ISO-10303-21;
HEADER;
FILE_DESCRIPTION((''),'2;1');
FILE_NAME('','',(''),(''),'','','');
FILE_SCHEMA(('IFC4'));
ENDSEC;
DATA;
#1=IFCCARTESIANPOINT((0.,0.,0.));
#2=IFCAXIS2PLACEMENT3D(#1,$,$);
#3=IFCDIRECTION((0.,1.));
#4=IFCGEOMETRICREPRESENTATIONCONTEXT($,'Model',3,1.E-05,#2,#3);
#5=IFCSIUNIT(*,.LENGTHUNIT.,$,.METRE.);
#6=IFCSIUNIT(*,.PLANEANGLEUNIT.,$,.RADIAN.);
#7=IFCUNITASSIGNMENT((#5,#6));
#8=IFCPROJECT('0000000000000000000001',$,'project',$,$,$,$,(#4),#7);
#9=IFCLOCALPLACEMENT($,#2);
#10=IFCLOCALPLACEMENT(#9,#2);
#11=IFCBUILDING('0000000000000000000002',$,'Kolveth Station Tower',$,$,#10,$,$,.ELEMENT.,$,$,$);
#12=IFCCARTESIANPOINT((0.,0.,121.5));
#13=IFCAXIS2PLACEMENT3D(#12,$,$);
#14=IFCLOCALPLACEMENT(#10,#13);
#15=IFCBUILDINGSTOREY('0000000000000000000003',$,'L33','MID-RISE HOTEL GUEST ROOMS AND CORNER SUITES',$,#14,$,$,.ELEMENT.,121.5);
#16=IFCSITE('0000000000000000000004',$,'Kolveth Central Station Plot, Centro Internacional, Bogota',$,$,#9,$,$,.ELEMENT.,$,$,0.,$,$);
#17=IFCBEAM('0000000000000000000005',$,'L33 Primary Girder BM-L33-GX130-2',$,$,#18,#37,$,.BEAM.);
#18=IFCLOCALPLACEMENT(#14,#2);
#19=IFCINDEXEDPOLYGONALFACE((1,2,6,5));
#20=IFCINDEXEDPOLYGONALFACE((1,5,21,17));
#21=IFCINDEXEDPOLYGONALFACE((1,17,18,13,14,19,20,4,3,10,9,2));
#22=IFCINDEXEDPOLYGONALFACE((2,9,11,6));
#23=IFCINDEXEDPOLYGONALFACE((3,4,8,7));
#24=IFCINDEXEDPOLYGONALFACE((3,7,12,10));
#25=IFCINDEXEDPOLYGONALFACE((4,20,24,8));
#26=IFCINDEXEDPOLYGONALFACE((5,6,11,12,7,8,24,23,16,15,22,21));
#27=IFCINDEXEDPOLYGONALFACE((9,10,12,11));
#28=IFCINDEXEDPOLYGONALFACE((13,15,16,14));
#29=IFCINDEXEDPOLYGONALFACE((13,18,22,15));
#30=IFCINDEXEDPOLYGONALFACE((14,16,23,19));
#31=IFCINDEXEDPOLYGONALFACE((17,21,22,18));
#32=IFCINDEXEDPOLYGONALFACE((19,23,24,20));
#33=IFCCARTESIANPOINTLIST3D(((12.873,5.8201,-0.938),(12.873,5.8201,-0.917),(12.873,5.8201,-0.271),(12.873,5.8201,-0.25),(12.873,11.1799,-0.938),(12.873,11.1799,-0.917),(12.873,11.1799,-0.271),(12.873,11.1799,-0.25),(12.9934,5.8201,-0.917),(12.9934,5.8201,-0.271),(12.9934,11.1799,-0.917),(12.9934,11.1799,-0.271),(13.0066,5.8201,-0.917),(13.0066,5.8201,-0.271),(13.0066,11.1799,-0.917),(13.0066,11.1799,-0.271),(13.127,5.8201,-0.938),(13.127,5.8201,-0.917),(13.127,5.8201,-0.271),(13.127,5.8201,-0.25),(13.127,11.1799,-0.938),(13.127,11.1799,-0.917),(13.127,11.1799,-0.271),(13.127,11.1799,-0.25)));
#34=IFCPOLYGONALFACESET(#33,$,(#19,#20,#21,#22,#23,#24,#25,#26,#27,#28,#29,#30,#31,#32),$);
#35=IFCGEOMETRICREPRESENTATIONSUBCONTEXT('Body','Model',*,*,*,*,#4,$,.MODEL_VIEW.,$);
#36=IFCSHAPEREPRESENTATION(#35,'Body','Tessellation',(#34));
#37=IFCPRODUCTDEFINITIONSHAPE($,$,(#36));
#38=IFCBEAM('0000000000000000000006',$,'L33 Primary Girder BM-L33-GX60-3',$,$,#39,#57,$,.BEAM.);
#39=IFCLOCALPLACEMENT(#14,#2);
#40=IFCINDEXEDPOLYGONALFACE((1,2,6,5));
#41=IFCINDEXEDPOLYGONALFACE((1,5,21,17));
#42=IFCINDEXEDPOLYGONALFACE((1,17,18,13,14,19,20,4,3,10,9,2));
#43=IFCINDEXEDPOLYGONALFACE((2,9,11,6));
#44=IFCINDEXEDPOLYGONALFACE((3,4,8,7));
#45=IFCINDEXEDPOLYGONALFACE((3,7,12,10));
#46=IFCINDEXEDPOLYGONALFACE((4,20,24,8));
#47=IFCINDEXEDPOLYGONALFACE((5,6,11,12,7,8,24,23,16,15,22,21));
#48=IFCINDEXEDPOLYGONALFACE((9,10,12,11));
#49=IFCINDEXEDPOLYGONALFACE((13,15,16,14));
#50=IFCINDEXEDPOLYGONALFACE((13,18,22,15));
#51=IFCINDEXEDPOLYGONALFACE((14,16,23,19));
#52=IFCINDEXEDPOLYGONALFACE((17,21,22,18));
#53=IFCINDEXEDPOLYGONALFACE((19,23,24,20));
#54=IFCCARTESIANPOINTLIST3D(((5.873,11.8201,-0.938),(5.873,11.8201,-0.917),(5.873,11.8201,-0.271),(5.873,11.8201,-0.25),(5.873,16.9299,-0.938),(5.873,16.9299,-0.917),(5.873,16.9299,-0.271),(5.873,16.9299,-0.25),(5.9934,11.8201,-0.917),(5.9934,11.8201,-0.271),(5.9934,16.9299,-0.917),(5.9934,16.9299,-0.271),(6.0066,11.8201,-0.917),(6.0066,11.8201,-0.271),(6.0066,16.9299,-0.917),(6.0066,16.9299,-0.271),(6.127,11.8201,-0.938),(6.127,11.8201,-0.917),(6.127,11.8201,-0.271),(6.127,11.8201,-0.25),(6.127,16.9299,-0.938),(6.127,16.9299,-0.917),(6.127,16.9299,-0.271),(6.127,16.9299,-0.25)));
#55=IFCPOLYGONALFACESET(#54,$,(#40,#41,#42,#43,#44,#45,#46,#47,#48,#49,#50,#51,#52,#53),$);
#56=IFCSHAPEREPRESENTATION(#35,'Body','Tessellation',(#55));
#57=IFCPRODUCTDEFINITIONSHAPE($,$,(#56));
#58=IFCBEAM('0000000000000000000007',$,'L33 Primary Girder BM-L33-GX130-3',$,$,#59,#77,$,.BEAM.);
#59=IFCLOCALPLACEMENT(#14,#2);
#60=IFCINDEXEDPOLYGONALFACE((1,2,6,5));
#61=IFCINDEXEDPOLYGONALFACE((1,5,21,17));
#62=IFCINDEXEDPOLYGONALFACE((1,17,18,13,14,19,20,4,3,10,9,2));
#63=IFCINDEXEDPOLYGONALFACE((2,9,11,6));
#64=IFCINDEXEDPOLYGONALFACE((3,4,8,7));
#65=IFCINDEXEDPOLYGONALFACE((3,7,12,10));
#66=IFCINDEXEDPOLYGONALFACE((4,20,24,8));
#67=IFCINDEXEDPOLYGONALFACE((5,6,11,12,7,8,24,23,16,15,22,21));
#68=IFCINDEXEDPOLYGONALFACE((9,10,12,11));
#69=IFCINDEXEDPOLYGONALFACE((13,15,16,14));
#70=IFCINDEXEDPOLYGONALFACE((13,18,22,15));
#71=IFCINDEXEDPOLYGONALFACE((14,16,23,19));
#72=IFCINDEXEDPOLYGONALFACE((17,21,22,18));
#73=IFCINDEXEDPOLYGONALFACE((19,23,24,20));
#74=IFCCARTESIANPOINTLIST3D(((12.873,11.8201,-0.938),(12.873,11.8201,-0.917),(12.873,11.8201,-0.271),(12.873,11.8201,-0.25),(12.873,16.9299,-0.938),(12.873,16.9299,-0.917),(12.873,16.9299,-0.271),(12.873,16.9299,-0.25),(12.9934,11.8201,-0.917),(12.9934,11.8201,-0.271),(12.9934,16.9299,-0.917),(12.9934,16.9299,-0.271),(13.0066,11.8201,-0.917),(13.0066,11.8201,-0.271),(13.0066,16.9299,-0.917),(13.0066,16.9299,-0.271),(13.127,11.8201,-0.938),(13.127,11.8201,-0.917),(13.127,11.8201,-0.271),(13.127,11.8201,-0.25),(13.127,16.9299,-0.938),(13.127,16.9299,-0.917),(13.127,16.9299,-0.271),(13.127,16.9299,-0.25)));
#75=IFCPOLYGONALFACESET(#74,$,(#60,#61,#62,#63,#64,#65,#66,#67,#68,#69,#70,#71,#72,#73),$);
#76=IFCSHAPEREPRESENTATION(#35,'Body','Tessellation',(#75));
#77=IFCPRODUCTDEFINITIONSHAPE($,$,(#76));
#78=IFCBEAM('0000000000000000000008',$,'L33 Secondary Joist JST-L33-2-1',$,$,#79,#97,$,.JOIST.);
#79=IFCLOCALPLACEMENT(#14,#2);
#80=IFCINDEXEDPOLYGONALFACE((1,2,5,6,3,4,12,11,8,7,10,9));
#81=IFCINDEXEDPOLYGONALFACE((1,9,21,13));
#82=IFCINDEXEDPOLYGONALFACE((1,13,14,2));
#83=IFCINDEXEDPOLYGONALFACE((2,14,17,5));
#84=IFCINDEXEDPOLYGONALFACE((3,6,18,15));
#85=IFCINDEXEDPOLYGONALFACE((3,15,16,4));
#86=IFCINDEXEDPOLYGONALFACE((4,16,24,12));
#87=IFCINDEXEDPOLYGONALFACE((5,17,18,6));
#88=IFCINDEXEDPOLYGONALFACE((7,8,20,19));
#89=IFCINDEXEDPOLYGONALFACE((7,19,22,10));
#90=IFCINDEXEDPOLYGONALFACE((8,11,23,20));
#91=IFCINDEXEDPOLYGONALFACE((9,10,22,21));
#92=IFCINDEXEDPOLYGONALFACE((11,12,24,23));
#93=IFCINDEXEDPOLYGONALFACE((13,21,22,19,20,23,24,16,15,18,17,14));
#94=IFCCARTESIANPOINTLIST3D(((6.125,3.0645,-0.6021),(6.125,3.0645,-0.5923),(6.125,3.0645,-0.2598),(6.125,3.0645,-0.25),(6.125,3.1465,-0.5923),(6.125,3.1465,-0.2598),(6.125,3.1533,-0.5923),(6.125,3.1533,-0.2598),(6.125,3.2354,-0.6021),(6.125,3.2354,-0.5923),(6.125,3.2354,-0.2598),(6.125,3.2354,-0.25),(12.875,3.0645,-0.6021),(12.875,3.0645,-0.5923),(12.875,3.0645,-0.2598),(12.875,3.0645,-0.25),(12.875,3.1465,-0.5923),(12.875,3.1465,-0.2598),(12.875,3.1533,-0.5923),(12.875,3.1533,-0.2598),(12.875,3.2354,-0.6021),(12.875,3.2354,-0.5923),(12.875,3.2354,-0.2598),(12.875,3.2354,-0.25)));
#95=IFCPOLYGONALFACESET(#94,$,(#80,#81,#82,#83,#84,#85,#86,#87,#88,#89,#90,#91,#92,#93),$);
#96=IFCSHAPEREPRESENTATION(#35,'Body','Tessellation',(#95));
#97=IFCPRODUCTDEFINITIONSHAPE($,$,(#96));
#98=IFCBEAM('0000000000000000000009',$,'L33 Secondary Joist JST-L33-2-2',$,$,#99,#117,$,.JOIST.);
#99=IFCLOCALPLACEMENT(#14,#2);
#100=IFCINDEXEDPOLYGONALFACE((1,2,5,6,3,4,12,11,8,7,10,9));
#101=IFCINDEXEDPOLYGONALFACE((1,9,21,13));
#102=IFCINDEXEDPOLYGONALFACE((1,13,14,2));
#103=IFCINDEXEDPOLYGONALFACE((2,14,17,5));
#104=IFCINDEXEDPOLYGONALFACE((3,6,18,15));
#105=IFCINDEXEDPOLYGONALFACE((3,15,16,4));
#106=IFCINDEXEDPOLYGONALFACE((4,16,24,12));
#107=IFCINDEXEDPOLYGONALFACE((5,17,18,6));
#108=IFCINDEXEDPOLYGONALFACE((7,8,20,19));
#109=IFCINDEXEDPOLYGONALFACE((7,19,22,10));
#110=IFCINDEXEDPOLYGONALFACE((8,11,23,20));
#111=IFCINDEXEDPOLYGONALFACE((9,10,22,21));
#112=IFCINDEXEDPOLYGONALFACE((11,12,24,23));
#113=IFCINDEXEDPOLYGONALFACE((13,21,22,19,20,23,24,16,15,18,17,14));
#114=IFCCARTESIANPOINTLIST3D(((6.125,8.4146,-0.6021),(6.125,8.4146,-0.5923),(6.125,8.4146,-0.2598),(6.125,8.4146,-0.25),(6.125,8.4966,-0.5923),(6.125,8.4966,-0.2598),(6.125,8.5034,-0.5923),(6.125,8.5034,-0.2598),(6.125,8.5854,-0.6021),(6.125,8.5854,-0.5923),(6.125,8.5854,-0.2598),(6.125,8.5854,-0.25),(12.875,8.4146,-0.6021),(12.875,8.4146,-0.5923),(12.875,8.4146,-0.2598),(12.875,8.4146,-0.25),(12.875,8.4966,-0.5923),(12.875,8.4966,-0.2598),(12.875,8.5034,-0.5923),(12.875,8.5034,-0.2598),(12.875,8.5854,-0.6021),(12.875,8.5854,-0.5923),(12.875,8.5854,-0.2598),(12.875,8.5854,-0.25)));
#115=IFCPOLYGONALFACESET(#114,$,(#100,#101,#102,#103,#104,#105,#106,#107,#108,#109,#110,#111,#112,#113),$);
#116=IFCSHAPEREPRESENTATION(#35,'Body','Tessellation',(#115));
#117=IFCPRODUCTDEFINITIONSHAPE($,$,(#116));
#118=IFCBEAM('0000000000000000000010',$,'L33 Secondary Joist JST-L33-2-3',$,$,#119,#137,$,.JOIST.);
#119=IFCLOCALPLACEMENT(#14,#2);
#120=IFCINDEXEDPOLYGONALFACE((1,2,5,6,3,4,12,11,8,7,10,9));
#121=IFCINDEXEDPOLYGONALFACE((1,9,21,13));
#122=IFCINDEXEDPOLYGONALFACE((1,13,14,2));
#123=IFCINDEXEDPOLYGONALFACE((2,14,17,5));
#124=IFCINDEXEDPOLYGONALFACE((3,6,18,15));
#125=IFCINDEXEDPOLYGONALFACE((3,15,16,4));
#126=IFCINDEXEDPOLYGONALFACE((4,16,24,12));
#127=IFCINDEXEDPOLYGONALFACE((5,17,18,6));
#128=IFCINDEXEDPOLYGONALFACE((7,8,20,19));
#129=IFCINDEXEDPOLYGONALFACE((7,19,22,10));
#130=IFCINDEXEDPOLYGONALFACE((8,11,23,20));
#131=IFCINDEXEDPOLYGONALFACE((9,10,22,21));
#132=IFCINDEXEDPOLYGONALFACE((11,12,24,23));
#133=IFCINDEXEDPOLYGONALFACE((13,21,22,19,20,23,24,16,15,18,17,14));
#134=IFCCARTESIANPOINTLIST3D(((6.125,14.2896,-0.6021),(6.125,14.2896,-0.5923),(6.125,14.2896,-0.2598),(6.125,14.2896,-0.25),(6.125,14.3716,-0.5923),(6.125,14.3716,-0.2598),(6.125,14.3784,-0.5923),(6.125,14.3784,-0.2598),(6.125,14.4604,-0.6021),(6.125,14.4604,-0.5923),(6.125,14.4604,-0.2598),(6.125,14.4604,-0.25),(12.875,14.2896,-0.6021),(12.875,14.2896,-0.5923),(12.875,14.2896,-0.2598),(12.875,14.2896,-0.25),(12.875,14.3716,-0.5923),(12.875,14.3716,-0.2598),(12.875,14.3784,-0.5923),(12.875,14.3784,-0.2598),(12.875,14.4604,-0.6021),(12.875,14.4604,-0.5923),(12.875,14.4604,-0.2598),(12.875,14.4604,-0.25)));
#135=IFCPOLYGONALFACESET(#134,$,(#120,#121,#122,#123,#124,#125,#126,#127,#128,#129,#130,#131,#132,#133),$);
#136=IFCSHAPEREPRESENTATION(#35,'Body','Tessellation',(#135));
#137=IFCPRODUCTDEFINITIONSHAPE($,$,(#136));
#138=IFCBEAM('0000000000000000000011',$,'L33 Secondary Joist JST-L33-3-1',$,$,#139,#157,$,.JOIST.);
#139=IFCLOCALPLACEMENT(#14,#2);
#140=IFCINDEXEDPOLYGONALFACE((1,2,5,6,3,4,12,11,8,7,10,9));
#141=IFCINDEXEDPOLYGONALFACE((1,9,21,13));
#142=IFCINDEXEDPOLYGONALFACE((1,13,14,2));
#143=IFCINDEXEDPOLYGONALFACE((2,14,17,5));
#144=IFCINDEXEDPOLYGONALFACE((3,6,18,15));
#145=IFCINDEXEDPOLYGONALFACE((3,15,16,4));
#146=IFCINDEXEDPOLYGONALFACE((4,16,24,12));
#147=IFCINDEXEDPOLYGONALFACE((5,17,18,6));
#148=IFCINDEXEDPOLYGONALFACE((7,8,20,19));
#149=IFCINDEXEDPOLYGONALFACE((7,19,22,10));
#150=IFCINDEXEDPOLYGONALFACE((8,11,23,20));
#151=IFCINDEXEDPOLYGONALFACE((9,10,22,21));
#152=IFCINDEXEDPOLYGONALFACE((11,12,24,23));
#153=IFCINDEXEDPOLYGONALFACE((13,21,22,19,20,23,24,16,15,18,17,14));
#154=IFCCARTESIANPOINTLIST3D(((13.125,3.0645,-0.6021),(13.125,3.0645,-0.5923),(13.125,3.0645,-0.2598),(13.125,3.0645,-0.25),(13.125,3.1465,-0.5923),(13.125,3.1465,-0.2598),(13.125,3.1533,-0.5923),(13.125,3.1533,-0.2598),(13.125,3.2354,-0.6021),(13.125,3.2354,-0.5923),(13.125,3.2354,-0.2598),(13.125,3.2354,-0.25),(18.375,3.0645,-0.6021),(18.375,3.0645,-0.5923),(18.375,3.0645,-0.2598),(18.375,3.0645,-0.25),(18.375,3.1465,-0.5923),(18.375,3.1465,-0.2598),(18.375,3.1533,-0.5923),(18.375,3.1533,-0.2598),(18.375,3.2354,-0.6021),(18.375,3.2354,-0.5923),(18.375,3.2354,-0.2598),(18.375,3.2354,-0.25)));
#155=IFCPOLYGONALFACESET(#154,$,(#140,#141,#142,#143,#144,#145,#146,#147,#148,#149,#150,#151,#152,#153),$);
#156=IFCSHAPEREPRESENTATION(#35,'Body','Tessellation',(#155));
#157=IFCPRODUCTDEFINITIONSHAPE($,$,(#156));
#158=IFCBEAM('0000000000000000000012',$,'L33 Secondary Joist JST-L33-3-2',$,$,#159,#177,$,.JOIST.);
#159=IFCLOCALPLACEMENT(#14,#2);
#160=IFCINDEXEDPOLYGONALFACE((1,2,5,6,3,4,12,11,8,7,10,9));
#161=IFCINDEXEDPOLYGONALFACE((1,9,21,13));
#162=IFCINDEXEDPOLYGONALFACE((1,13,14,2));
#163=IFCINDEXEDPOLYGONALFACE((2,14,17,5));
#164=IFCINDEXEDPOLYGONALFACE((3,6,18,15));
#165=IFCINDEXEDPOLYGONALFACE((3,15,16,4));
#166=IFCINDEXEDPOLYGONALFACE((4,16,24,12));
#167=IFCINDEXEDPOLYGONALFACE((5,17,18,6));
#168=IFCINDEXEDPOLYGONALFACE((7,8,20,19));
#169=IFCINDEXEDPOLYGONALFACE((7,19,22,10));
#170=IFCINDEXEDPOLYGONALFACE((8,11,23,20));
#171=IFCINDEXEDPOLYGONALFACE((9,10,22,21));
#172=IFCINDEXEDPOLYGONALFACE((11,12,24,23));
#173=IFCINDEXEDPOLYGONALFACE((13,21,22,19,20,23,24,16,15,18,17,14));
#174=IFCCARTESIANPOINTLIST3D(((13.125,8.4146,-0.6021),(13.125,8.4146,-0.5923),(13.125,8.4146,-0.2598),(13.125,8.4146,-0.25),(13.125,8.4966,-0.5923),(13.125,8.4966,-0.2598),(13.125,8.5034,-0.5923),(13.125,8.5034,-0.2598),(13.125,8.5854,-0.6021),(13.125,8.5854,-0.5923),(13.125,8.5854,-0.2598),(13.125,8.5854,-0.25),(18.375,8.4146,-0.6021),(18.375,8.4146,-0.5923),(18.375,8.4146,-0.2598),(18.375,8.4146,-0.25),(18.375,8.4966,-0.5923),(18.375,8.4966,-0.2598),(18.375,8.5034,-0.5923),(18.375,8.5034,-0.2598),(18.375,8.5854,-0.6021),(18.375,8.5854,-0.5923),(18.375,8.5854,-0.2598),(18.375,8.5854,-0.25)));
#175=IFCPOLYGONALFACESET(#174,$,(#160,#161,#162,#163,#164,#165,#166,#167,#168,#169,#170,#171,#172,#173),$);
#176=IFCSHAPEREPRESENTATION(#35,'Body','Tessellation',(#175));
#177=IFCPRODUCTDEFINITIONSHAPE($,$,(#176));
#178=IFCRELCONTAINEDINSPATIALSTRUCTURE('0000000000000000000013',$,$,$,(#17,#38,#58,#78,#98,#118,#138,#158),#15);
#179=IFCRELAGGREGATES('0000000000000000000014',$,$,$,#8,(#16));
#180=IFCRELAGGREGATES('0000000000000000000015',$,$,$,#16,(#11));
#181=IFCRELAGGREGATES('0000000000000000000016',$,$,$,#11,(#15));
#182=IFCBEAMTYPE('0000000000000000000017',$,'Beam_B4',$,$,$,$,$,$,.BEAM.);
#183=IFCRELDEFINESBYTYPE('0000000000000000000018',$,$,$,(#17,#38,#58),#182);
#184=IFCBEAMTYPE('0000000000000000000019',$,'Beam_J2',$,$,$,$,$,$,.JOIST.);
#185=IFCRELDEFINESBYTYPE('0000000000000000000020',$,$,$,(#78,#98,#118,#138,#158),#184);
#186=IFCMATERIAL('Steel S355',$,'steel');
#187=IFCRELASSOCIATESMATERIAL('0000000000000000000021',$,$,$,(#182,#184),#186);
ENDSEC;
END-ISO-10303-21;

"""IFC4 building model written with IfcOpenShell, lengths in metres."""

from ifc_helpers import new_model, si_unit, direction, frame, origin, origin_2d, place, context, subcontext, project, spatial, i_section, extrude, source, transform, mapped, material, material_profile, profile_set, type_object, element, save


model = new_model("IFC4")

# Units and contexts
model_context = context("Model", 3, precision=1e-05, world=origin(), true_north=direction((0.0, 1.0)))
body_context = subcontext(model_context, "Body", "Model", "MODEL_VIEW")
ifc_project = project(units=[si_unit("LENGTHUNIT", "METRE"), si_unit("PLANEANGLEUNIT", "RADIAN")], contexts=[model_context])

# Site, building, storey
site_placement = place(None, origin())
site = spatial("IfcSite", under=ifc_project, at=site_placement, Name="Kolveth Central Station Plot, Centro Internacional, Bogota", CompositionType="ELEMENT", RefElevation=0.0)
building_placement = place(site_placement, origin())
building = spatial("IfcBuilding", under=site, at=building_placement, Name="Kolveth Station Tower", CompositionType="ELEMENT")
storey_placement = place(building_placement, frame((0.0, 0.0, 121.5)))
storey = spatial("IfcBuildingStorey", under=building, at=storey_placement, Name="L33", Description="MID-RISE HOTEL GUEST ROOMS AND CORNER SUITES", CompositionType="ELEMENT", Elevation=121.5)

# Beams
ifc_material_1 = material(Name="Steel S355", Category="steel")
ifc_material_profile_1 = material_profile(ifc_material_1, i_section(OverallWidth=0.2539, OverallDepth=0.688, WebThickness=0.0132, FlangeThickness=0.021, at=origin_2d()), Name="W690x152")
ifc_profile_set_1 = profile_set([ifc_material_profile_1], Name="Steel S355")
beam_type_1 = type_object("IfcBeamType", Name="Beam_B4", PredefinedType="BEAM", material=ifc_profile_set_1)
shared_shape_1 = source(origin(), body_context, "Body", "SweptSolid", [
    extrude(i_section(OverallWidth=0.2539, OverallDepth=0.688, WebThickness=0.0132, FlangeThickness=0.021, at=origin_2d()), origin(), (0.0, 0.0, 1.0), 5.3599),
])
for number, where, z_axis, x_axis, name in (
    (1, (13.0, 5.8201, -0.594), (0.0, 1.0, 0.0), (-1.0, 0.0, 0.0), "L33 Primary Girder BM-L33-GX130-2"),
):
    element("IfcBeam", number, at=place(storey_placement, frame(where, z_axis=z_axis, x_axis=x_axis)), inside=storey, type_object=beam_type_1, Name=name, PredefinedType="BEAM", context=body_context, shape_type="MappedRepresentation", body=[
        mapped(shared_shape_1, transform((0.0, 0.0, 0.0), x_axis=(1.0, 0.0, 0.0), y_axis=(0.0, 1.0, 0.0), z_axis=(0.0, 0.0, 1.0), scale=1.0)),
    ])
shared_shape_2 = source(origin(), body_context, "Body", "SweptSolid", [
    extrude(i_section(OverallWidth=0.2539, OverallDepth=0.688, WebThickness=0.0132, FlangeThickness=0.021, at=origin_2d()), origin(), (0.0, 0.0, 1.0), 5.1099),
])
for number, where, z_axis, x_axis, name in (
    (2, (6.0, 11.8201, -0.594), (0.0, 1.0, 0.0), (-1.0, 0.0, 0.0), "L33 Primary Girder BM-L33-GX60-3"),
    (3, (13.0, 11.8201, -0.594), (0.0, 1.0, 0.0), (-1.0, 0.0, 0.0), "L33 Primary Girder BM-L33-GX130-3"),
):
    element("IfcBeam", number, at=place(storey_placement, frame(where, z_axis=z_axis, x_axis=x_axis)), inside=storey, type_object=beam_type_1, Name=name, PredefinedType="BEAM", context=body_context, shape_type="MappedRepresentation", body=[
        mapped(shared_shape_2, transform((0.0, 0.0, 0.0), x_axis=(1.0, 0.0, 0.0), y_axis=(0.0, 1.0, 0.0), z_axis=(0.0, 0.0, 1.0), scale=1.0)),
    ])
ifc_material_profile_2 = material_profile(ifc_material_1, i_section(OverallWidth=0.1709, OverallDepth=0.3521, WebThickness=0.0068, FlangeThickness=0.0098, at=origin_2d()), Name="W360x44")
ifc_profile_set_2 = profile_set([ifc_material_profile_2], Name="Steel S355")
beam_type_2 = type_object("IfcBeamType", Name="Beam_J2", PredefinedType="JOIST", material=ifc_profile_set_2)
shared_shape_3 = source(origin(), body_context, "Body", "SweptSolid", [
    extrude(i_section(OverallWidth=0.1709, OverallDepth=0.3521, WebThickness=0.0068, FlangeThickness=0.0098, at=origin_2d()), origin(), (0.0, 0.0, 1.0), 6.75),
])
for number, where, z_axis, x_axis, name in (
    (4, (6.125, 3.1499, -0.426), (1.0, 0.0, 0.0), (0.0, 1.0, 0.0), "L33 Secondary Joist JST-L33-2-1"),
    (5, (6.125, 8.5, -0.426), (1.0, 0.0, 0.0), (0.0, 1.0, 0.0), "L33 Secondary Joist JST-L33-2-2"),
    (6, (6.125, 14.375, -0.426), (1.0, 0.0, 0.0), (0.0, 1.0, 0.0), "L33 Secondary Joist JST-L33-2-3"),
):
    element("IfcBeam", number, at=place(storey_placement, frame(where, z_axis=z_axis, x_axis=x_axis)), inside=storey, type_object=beam_type_2, Name=name, PredefinedType="JOIST", context=body_context, shape_type="MappedRepresentation", body=[
        mapped(shared_shape_3, transform((0.0, 0.0, 0.0), x_axis=(1.0, 0.0, 0.0), y_axis=(0.0, 1.0, 0.0), z_axis=(0.0, 0.0, 1.0), scale=1.0)),
    ])
shared_shape_4 = source(origin(), body_context, "Body", "SweptSolid", [
    extrude(i_section(OverallWidth=0.1709, OverallDepth=0.3521, WebThickness=0.0068, FlangeThickness=0.0098, at=origin_2d()), origin(), (0.0, 0.0, 1.0), 5.25),
])
for number, where, z_axis, x_axis, name in (
    (7, (13.125, 3.1499, -0.426), (1.0, 0.0, 0.0), (0.0, 1.0, 0.0), "L33 Secondary Joist JST-L33-3-1"),
    (8, (13.125, 8.5, -0.426), (1.0, 0.0, 0.0), (0.0, 1.0, 0.0), "L33 Secondary Joist JST-L33-3-2"),
):
    element("IfcBeam", number, at=place(storey_placement, frame(where, z_axis=z_axis, x_axis=x_axis)), inside=storey, type_object=beam_type_2, Name=name, PredefinedType="JOIST", context=body_context, shape_type="MappedRepresentation", body=[
        mapped(shared_shape_4, transform((0.0, 0.0, 0.0), x_axis=(1.0, 0.0, 0.0), y_axis=(0.0, 1.0, 0.0), z_axis=(0.0, 0.0, 1.0), scale=1.0)),
    ])

save(model, "model.ifc")
